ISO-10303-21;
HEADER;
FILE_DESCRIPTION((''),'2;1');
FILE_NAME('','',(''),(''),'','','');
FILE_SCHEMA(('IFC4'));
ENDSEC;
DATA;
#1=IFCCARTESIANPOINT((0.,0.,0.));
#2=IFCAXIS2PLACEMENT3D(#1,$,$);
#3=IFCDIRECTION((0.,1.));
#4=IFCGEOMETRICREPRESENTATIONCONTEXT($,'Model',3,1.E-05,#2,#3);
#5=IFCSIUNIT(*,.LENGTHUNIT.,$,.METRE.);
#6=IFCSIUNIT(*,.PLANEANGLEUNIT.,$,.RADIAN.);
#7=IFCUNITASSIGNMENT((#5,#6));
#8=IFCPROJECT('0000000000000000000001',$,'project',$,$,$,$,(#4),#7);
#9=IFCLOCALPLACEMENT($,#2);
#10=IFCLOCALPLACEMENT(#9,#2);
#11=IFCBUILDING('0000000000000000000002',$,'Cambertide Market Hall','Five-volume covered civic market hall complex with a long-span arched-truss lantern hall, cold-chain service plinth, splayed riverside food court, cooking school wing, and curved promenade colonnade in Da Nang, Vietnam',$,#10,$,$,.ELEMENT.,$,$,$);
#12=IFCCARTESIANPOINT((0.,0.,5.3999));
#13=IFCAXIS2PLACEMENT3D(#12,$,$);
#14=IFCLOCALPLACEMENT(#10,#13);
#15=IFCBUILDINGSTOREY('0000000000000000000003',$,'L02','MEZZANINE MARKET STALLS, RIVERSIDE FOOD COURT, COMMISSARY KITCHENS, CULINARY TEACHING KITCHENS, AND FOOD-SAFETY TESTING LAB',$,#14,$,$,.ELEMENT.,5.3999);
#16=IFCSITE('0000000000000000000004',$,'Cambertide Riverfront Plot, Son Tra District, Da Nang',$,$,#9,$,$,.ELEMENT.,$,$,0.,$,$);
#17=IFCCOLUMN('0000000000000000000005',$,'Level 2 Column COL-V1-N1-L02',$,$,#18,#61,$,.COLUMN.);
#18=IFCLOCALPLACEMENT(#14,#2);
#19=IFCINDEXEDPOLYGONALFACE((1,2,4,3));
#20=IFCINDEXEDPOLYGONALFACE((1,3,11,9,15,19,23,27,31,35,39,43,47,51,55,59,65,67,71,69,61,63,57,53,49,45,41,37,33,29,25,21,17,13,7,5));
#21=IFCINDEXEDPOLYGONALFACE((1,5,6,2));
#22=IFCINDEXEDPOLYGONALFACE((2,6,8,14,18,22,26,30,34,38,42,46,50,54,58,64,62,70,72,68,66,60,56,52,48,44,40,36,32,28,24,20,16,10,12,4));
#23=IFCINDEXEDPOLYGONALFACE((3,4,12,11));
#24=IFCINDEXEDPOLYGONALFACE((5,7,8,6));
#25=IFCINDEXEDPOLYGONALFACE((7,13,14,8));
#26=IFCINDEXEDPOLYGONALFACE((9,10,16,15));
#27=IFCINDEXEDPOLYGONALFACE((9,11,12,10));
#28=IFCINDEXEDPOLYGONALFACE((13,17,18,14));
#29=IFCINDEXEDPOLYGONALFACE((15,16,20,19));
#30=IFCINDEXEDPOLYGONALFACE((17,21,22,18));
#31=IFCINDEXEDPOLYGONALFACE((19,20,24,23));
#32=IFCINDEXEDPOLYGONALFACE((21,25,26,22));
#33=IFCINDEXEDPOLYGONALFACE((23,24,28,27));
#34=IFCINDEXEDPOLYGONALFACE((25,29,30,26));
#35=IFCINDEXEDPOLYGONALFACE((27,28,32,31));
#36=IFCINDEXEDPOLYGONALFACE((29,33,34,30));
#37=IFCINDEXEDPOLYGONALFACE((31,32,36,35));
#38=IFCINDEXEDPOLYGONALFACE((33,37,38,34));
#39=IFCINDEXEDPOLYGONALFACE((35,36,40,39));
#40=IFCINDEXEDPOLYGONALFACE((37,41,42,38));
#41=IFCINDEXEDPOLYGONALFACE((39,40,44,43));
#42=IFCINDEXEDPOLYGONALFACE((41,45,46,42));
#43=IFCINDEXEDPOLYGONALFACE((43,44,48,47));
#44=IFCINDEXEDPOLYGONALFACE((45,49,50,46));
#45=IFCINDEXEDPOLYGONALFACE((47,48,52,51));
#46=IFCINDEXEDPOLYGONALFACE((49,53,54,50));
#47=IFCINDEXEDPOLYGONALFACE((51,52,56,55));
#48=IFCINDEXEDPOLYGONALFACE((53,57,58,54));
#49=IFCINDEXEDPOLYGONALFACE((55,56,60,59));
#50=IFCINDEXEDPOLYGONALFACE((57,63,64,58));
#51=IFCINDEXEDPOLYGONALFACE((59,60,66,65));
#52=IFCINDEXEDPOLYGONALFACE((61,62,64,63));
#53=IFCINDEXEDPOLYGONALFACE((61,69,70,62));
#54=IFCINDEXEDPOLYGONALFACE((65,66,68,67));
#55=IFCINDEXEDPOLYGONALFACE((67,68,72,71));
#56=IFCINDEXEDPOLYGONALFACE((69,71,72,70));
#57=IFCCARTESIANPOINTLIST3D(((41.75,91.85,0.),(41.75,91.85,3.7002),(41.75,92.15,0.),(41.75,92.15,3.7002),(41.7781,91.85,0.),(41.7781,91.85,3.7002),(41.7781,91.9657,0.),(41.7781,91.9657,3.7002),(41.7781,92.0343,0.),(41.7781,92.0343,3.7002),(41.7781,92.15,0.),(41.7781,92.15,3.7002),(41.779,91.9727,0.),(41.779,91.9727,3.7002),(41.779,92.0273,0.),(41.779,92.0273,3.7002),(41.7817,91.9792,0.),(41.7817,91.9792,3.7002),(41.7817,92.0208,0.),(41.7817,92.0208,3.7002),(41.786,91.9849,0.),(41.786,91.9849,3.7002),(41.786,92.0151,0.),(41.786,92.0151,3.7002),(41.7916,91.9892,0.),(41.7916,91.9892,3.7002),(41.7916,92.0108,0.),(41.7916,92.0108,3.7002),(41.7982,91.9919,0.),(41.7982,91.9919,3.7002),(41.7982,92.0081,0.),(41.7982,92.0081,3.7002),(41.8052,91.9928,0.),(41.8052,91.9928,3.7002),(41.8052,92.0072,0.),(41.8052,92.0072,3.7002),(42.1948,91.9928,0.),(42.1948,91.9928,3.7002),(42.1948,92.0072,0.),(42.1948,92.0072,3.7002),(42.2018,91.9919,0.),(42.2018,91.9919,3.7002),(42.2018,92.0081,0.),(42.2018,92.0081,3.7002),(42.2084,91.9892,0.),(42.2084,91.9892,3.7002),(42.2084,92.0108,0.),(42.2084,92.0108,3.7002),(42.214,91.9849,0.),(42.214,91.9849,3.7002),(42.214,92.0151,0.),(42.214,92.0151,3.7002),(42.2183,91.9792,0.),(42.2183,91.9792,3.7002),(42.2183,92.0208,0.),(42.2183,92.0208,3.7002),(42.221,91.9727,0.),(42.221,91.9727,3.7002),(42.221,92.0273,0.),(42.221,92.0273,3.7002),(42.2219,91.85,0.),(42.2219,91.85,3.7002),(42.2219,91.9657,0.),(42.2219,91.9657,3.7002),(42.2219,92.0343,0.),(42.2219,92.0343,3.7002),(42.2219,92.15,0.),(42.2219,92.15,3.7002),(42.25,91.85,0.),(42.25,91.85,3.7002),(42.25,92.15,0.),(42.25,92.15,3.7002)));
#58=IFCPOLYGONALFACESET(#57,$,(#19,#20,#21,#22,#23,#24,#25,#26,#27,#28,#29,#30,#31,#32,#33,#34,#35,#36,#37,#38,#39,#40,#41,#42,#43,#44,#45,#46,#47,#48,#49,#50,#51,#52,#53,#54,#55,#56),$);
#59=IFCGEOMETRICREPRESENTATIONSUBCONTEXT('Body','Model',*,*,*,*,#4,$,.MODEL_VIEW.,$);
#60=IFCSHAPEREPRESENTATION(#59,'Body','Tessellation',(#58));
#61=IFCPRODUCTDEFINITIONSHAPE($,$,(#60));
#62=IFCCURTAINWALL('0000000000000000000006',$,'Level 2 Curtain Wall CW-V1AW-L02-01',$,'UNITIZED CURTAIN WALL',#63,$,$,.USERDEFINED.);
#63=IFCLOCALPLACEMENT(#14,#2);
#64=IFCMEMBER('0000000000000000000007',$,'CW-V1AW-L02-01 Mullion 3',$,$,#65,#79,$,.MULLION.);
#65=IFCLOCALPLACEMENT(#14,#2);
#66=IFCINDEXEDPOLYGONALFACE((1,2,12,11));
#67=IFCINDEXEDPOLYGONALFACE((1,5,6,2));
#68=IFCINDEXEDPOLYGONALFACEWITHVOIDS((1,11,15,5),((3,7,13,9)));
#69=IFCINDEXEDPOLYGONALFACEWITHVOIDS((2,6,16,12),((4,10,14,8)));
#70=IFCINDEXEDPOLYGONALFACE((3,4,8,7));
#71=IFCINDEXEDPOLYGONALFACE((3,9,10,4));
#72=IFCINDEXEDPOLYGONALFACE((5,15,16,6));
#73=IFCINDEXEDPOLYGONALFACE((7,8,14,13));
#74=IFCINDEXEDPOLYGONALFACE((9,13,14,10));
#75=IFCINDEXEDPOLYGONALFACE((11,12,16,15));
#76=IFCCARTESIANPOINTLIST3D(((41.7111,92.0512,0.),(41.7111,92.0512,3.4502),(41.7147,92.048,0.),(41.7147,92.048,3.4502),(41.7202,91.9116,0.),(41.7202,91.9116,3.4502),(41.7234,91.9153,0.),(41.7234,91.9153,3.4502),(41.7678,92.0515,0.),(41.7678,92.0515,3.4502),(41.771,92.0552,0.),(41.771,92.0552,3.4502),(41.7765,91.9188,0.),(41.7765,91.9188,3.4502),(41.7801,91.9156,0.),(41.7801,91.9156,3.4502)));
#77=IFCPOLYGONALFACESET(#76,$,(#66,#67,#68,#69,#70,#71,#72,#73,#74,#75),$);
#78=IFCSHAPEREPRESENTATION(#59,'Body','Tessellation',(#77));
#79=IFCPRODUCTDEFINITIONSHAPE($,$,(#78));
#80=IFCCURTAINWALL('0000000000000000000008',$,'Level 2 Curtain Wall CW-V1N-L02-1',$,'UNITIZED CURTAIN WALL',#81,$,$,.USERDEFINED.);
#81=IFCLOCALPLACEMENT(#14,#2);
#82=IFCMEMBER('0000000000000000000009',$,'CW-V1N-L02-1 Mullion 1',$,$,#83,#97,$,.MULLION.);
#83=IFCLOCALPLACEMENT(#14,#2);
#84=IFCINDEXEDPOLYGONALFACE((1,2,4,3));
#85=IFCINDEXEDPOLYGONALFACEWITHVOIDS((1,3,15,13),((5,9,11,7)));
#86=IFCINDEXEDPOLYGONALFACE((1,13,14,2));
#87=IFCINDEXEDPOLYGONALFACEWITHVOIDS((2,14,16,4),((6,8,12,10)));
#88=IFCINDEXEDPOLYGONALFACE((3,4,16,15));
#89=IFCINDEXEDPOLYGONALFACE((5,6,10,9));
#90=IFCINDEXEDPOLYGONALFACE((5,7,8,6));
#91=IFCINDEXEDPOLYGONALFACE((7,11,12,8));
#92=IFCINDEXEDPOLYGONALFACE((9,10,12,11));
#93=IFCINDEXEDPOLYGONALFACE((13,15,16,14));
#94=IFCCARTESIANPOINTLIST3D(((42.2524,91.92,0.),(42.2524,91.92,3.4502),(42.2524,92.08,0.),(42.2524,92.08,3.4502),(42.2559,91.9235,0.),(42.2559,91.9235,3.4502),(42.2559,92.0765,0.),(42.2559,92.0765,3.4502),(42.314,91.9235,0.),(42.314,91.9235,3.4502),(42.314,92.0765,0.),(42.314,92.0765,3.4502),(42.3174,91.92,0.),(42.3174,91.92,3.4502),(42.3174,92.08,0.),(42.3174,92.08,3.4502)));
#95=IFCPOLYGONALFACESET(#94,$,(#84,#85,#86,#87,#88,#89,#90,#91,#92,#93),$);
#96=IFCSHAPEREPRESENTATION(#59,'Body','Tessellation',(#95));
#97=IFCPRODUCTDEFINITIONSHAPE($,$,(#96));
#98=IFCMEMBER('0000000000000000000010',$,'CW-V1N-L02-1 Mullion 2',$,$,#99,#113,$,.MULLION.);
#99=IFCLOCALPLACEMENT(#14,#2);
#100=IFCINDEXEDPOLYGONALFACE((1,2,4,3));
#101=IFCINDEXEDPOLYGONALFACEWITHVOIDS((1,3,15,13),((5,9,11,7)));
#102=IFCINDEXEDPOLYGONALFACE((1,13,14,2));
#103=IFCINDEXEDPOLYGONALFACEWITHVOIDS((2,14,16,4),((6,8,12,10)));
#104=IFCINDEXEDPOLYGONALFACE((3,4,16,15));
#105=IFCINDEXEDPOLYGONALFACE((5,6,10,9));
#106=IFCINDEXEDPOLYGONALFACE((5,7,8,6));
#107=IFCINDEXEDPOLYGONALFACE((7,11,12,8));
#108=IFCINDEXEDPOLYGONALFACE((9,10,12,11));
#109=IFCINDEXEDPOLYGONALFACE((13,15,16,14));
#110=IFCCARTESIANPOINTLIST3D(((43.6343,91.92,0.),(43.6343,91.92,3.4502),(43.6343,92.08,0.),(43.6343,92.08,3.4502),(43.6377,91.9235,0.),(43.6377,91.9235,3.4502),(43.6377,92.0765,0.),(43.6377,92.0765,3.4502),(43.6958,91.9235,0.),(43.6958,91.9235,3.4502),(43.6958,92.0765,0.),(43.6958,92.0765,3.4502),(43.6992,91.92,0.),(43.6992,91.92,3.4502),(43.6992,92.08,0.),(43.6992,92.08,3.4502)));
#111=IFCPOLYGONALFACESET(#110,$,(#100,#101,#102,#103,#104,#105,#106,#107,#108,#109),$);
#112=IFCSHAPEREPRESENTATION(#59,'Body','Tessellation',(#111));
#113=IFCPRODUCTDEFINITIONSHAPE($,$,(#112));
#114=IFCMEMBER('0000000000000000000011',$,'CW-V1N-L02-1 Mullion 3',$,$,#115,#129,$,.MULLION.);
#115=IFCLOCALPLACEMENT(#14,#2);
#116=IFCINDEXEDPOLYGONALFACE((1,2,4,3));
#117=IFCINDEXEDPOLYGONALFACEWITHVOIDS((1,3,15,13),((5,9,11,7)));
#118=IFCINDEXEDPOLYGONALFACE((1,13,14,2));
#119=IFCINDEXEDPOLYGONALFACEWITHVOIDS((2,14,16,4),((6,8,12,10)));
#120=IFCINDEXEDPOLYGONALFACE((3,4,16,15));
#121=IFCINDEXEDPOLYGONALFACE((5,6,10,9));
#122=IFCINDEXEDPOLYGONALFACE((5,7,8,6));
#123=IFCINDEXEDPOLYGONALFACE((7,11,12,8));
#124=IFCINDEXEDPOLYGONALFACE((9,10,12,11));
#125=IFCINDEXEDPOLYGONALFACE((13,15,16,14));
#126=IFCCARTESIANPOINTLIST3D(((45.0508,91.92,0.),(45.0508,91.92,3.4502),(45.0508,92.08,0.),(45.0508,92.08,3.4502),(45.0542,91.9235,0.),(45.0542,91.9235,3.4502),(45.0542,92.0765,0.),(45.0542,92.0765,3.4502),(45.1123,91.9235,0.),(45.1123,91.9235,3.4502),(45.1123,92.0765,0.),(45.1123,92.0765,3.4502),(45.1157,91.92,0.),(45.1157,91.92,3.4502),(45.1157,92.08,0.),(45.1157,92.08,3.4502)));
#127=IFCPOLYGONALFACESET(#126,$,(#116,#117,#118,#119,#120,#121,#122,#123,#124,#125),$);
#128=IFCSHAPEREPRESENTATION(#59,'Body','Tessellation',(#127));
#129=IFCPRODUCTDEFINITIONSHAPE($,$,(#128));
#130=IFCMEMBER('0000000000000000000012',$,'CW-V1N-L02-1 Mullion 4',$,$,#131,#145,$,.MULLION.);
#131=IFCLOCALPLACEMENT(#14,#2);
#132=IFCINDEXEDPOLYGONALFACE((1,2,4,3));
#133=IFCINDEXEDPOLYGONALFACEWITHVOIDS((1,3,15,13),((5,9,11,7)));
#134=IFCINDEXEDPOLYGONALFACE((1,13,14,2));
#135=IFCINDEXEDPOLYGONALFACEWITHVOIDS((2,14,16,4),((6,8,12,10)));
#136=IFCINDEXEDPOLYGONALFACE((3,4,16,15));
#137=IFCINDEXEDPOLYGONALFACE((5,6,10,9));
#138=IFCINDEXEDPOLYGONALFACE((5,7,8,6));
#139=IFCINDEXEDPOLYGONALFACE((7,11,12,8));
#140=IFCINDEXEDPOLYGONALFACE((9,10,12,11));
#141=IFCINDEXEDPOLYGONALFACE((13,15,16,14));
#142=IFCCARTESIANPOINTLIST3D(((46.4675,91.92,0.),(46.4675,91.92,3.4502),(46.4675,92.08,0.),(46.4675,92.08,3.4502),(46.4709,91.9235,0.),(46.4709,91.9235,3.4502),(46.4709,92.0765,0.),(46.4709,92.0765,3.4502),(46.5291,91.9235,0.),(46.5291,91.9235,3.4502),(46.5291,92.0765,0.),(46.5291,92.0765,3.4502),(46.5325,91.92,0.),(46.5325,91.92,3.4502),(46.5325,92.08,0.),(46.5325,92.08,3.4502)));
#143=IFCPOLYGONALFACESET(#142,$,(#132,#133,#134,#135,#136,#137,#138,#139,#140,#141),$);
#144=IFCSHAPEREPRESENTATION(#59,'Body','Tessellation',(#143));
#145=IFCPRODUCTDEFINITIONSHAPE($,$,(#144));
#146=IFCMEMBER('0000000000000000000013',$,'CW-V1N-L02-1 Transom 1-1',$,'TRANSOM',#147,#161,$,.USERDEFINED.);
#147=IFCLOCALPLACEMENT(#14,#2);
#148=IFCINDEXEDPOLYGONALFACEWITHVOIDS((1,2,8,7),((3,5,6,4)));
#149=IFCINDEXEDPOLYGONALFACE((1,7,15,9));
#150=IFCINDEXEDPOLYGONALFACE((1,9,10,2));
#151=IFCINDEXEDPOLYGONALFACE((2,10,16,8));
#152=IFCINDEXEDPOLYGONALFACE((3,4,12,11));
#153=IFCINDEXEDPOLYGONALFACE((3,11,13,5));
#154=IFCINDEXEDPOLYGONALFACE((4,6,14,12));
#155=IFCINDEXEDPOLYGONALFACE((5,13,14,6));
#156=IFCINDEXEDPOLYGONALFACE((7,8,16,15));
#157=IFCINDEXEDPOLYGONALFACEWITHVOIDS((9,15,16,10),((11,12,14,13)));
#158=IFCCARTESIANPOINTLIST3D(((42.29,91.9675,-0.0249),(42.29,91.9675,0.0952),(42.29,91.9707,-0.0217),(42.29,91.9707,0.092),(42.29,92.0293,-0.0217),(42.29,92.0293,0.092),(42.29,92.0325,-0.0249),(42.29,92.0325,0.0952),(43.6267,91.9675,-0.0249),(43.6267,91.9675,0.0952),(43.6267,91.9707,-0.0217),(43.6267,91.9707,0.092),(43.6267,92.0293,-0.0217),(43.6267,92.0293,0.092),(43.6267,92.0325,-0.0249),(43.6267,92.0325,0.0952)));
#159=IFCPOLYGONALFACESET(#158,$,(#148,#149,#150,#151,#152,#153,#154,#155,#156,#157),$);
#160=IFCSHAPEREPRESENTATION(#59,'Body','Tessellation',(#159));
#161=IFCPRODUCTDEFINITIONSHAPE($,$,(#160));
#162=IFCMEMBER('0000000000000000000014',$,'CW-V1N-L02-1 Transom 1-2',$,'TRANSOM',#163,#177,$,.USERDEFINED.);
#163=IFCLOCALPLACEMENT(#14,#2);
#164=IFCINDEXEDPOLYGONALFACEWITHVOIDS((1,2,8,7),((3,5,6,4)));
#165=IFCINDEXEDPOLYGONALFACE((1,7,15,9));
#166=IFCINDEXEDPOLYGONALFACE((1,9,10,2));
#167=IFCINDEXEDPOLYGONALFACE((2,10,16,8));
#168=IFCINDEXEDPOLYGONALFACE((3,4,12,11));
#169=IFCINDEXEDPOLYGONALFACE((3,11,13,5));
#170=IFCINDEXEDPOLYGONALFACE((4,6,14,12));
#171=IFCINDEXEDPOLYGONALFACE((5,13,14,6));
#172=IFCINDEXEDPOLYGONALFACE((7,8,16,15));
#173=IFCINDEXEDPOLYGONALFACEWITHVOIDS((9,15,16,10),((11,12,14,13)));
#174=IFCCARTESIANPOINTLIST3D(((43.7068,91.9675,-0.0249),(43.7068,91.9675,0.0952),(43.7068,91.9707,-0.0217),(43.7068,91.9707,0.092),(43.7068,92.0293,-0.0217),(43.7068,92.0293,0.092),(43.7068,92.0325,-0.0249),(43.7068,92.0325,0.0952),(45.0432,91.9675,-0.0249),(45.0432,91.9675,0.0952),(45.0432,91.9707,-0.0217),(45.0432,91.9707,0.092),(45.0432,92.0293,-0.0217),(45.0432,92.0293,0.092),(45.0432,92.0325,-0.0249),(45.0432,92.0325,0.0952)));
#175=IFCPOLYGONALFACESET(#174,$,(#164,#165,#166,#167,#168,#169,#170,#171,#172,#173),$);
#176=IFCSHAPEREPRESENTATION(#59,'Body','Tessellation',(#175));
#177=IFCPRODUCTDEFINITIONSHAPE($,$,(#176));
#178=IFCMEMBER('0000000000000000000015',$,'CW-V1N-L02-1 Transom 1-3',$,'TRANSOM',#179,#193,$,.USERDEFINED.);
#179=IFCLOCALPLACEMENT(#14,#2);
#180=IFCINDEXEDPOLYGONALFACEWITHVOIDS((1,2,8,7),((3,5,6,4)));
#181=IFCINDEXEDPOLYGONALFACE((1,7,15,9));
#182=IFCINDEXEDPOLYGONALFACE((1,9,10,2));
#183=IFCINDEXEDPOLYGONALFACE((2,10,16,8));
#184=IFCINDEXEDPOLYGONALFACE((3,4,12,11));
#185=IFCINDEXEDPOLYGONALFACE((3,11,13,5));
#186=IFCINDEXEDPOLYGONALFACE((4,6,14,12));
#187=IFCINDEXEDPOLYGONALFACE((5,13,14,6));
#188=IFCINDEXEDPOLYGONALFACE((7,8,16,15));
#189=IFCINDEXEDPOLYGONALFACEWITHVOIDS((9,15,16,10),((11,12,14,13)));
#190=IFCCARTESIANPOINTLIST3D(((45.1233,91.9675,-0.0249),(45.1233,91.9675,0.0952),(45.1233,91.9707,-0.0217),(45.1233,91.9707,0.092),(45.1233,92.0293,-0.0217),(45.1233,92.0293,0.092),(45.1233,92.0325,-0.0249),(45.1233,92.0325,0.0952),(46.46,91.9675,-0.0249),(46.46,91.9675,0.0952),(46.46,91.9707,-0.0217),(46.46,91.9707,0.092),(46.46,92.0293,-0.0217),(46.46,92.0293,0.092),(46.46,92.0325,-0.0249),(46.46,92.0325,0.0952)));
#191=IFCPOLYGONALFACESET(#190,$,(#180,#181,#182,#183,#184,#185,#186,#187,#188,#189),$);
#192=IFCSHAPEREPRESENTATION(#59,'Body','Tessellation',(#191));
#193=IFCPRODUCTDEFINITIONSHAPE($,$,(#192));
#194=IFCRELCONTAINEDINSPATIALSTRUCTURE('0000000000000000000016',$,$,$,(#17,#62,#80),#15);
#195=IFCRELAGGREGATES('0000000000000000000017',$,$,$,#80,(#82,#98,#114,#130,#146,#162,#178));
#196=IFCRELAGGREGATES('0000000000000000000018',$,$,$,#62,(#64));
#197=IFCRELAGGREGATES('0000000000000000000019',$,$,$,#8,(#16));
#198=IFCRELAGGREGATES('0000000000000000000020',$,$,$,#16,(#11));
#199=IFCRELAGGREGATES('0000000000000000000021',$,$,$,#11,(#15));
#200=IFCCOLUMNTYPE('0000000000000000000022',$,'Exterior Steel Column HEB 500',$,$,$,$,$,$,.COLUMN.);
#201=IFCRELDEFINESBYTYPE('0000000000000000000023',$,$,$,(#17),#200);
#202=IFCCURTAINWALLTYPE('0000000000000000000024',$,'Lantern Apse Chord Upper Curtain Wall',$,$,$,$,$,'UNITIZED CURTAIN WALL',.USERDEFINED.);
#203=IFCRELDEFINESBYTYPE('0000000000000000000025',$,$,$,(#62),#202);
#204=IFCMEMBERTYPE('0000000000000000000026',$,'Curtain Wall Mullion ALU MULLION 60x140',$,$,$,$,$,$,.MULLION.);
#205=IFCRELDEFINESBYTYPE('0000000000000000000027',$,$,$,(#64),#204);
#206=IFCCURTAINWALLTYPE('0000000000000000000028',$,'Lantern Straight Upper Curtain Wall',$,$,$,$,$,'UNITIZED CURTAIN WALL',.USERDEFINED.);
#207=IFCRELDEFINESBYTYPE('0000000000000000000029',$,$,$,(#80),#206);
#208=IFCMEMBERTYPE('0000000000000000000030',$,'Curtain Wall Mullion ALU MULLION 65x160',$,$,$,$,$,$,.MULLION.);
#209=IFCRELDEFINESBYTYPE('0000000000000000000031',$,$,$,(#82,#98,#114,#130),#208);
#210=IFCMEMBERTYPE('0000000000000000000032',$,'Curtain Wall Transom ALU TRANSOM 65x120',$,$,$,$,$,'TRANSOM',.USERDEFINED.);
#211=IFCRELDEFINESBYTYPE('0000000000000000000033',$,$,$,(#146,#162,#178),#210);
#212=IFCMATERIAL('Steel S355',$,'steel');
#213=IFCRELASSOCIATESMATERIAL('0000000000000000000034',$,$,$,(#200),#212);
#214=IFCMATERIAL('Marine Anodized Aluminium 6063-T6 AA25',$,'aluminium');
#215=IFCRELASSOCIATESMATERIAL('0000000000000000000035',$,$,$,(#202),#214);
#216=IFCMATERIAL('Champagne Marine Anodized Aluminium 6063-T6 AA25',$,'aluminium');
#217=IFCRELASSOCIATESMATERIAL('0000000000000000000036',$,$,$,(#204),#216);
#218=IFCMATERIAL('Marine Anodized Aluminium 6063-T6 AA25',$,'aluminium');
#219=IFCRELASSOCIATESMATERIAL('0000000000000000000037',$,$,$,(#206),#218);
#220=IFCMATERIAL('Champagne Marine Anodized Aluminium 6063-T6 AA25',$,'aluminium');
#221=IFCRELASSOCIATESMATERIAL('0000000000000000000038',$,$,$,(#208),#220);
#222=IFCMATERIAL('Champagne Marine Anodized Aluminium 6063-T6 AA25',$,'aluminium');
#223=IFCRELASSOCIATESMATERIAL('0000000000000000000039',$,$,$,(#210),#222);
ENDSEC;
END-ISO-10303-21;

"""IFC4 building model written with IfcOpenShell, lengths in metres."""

from ifc_helpers import new_model, si_unit, direction, frame, origin, origin_2d, place, context, subcontext, project, spatial, hollow_rectangle, i_section, extrude, material, material_profile, profile_set, type_object, element, aggregate, save


model = new_model("IFC4")

# Units and contexts
model_context = context("Model", 3, precision=1e-05, world=origin(), true_north=direction((0.0, 1.0)))
body_context = subcontext(model_context, "Body", "Model", "MODEL_VIEW")
ifc_project = project(units=[si_unit("LENGTHUNIT", "METRE"), si_unit("PLANEANGLEUNIT", "RADIAN")], contexts=[model_context])

# Site, building, storey
site_placement = place(None, origin())
site = spatial("IfcSite", under=ifc_project, at=site_placement, Name="Cambertide Riverfront Plot, Son Tra District, Da Nang", CompositionType="ELEMENT", RefElevation=0.0)
building_placement = place(site_placement, origin())
building = spatial("IfcBuilding", under=site, at=building_placement, Name="Cambertide Market Hall", Description="Five-volume covered civic market hall complex with a long-span arched-truss lantern hall, cold-chain service plinth, splayed riverside food court, cooking school wing, and curved promenade colonnade in Da Nang, Vietnam", CompositionType="ELEMENT")
storey_placement = place(building_placement, frame((0.0, 0.0, 5.3999)))
storey = spatial("IfcBuildingStorey", under=building, at=storey_placement, Name="L02", Description="MEZZANINE MARKET STALLS, RIVERSIDE FOOD COURT, COMMISSARY KITCHENS, CULINARY TEACHING KITCHENS, AND FOOD-SAFETY TESTING LAB", CompositionType="ELEMENT", Elevation=5.3999)

# Column
ifc_material_1 = material(Name="Steel S355", Category="steel")
ifc_material_profile_1 = material_profile(ifc_material_1, i_section(OverallWidth=0.3, OverallDepth=0.5, WebThickness=0.0144, FlangeThickness=0.0281, FilletRadius=0.0271, at=origin_2d()), Name="HEB 500")
ifc_profile_set_1 = profile_set([ifc_material_profile_1], Name="Steel S355")
column_type = type_object("IfcColumnType", Name="Exterior Steel Column HEB 500", PredefinedType="COLUMN", material=ifc_profile_set_1)
column_placement = place(storey_placement, frame((42.0, 92.0, 0.0), z_axis=(0.0, 0.0, 1.0), x_axis=(0.0, 1.0, 0.0)))
element("IfcColumn", 1, at=column_placement, inside=storey, type_object=column_type, Name="Level 2 Column COL-V1-N1-L02", PredefinedType="COLUMN", context=body_context, shape_type="SweptSolid", body=[
    extrude(i_section(OverallWidth=0.3, OverallDepth=0.5, WebThickness=0.0144, FlangeThickness=0.0281, FilletRadius=0.0271, at=origin_2d()), origin(), (0.0, 0.0, 1.0), 3.7002),
])

# Curtain wall, member
ifc_material_2 = material(Name="Marine Anodized Aluminium 6063-T6 AA25", Category="aluminium")
curtain_wall_type_1 = type_object("IfcCurtainWallType", Name="Lantern Apse Chord Upper Curtain Wall", ElementType="UNITIZED CURTAIN WALL", PredefinedType="USERDEFINED", material=ifc_material_2)
curtain_wall_1_placement = place(storey_placement, origin())
curtain_wall_1 = element("IfcCurtainWall", 2, at=curtain_wall_1_placement, inside=storey, type_object=curtain_wall_type_1, Name="Level 2 Curtain Wall CW-V1AW-L02-01", ObjectType="UNITIZED CURTAIN WALL", PredefinedType="USERDEFINED")
ifc_material_3 = material(Name="Champagne Marine Anodized Aluminium 6063-T6 AA25", Category="aluminium")
ifc_material_profile_2 = material_profile(ifc_material_3, hollow_rectangle(XDim=0.0601, YDim=0.1399, WallThickness=0.0034, at=origin_2d()), Name="ALU MULLION 60x140")
ifc_profile_set_2 = profile_set([ifc_material_profile_2], Name="Champagne Marine Anodized Aluminium 6063-T6 AA25")
member_type_1 = type_object("IfcMemberType", Name="Curtain Wall Mullion ALU MULLION 60x140", PredefinedType="MULLION", material=ifc_profile_set_2)
member_1_placement = place(storey_placement, frame((41.7456, 91.9834, 0.0), z_axis=(0.0, 0.0, 1.0), x_axis=(0.997859, 0.065403, 0.0)))
member_1 = element("IfcMember", 3, at=member_1_placement, type_object=member_type_1, Name="CW-V1AW-L02-01 Mullion 3", PredefinedType="MULLION", context=body_context, shape_type="SweptSolid", body=[
    extrude(hollow_rectangle(XDim=0.0601, YDim=0.1399, WallThickness=0.0034, at=origin_2d()), origin(), (0.0, 0.0, 1.0), 3.4502),
])

# Curtain wall, members
ifc_material_4 = material(Name="Marine Anodized Aluminium 6063-T6 AA25", Category="aluminium")
curtain_wall_type_2 = type_object("IfcCurtainWallType", Name="Lantern Straight Upper Curtain Wall", ElementType="UNITIZED CURTAIN WALL", PredefinedType="USERDEFINED", material=ifc_material_4)
curtain_wall_2_placement = place(storey_placement, origin())
curtain_wall_2 = element("IfcCurtainWall", 4, at=curtain_wall_2_placement, inside=storey, type_object=curtain_wall_type_2, Name="Level 2 Curtain Wall CW-V1N-L02-1", ObjectType="UNITIZED CURTAIN WALL", PredefinedType="USERDEFINED")
ifc_material_5 = material(Name="Champagne Marine Anodized Aluminium 6063-T6 AA25", Category="aluminium")
ifc_material_profile_3 = material_profile(ifc_material_5, hollow_rectangle(XDim=0.0649, YDim=0.1599, WallThickness=0.0034, at=origin_2d()), Name="ALU MULLION 65x160")
ifc_profile_set_3 = profile_set([ifc_material_profile_3], Name="Champagne Marine Anodized Aluminium 6063-T6 AA25")
member_type_2 = type_object("IfcMemberType", Name="Curtain Wall Mullion ALU MULLION 65x160", PredefinedType="MULLION", material=ifc_profile_set_3)
member_2_placement = place(storey_placement, frame((42.2849, 92.0, 0.0), z_axis=(0.0, 0.0, 1.0), x_axis=(1.0, 0.0, 0.0)))
member_2 = element("IfcMember", 5, at=member_2_placement, type_object=member_type_2, Name="CW-V1N-L02-1 Mullion 1", PredefinedType="MULLION", context=body_context, shape_type="SweptSolid", body=[
    extrude(hollow_rectangle(XDim=0.0649, YDim=0.1599, WallThickness=0.0034, at=origin_2d()), origin(), (0.0, 0.0, 1.0), 3.4502),
])
member_3_placement = place(storey_placement, frame((43.6667, 92.0, 0.0), z_axis=(0.0, 0.0, 1.0), x_axis=(1.0, 0.0, 0.0)))
member_3 = element("IfcMember", 6, at=member_3_placement, type_object=member_type_2, Name="CW-V1N-L02-1 Mullion 2", PredefinedType="MULLION", context=body_context, shape_type="SweptSolid", body=[
    extrude(hollow_rectangle(XDim=0.0649, YDim=0.1599, WallThickness=0.0034, at=origin_2d()), origin(), (0.0, 0.0, 1.0), 3.4502),
])
member_4_placement = place(storey_placement, frame((45.0833, 92.0, 0.0), z_axis=(0.0, 0.0, 1.0), x_axis=(1.0, 0.0, 0.0)))
member_4 = element("IfcMember", 7, at=member_4_placement, type_object=member_type_2, Name="CW-V1N-L02-1 Mullion 3", PredefinedType="MULLION", context=body_context, shape_type="SweptSolid", body=[
    extrude(hollow_rectangle(XDim=0.0649, YDim=0.1599, WallThickness=0.0034, at=origin_2d()), origin(), (0.0, 0.0, 1.0), 3.4502),
])
member_5_placement = place(storey_placement, frame((46.5, 92.0, 0.0), z_axis=(0.0, 0.0, 1.0), x_axis=(1.0, 0.0, 0.0)))
member_5 = element("IfcMember", 8, at=member_5_placement, type_object=member_type_2, Name="CW-V1N-L02-1 Mullion 4", PredefinedType="MULLION", context=body_context, shape_type="SweptSolid", body=[
    extrude(hollow_rectangle(XDim=0.0649, YDim=0.1599, WallThickness=0.0034, at=origin_2d()), origin(), (0.0, 0.0, 1.0), 3.4502),
])
ifc_material_6 = material(Name="Champagne Marine Anodized Aluminium 6063-T6 AA25", Category="aluminium")
ifc_material_profile_4 = material_profile(ifc_material_6, hollow_rectangle(XDim=0.0649, YDim=0.1201, WallThickness=0.0032, at=origin_2d()), Name="ALU TRANSOM 65x120")
ifc_profile_set_4 = profile_set([ifc_material_profile_4], Name="Champagne Marine Anodized Aluminium 6063-T6 AA25")
member_type_3 = type_object("IfcMemberType", Name="Curtain Wall Transom ALU TRANSOM 65x120", ElementType="TRANSOM", PredefinedType="USERDEFINED", material=ifc_profile_set_4)
member_6_placement = place(storey_placement, frame((42.29, 92.0, 0.0352), z_axis=(1.0, 0.0, 0.0), x_axis=(0.0, 1.0, 0.0)))
member_6 = element("IfcMember", 9, at=member_6_placement, type_object=member_type_3, Name="CW-V1N-L02-1 Transom 1-1", ObjectType="TRANSOM", PredefinedType="USERDEFINED", context=body_context, shape_type="SweptSolid", body=[
    extrude(hollow_rectangle(XDim=0.0649, YDim=0.1201, WallThickness=0.0032, at=origin_2d()), origin(), (0.0, 0.0, 1.0), 1.3367),
])
member_7_placement = place(storey_placement, frame((43.7068, 92.0, 0.0352), z_axis=(1.0, 0.0, 0.0), x_axis=(0.0, 1.0, 0.0)))
member_7 = element("IfcMember", 10, at=member_7_placement, type_object=member_type_3, Name="CW-V1N-L02-1 Transom 1-2", ObjectType="TRANSOM", PredefinedType="USERDEFINED", context=body_context, shape_type="SweptSolid", body=[
    extrude(hollow_rectangle(XDim=0.0649, YDim=0.1201, WallThickness=0.0032, at=origin_2d()), origin(), (0.0, 0.0, 1.0), 1.3364),
])
member_8_placement = place(storey_placement, frame((45.1233, 92.0, 0.0352), z_axis=(1.0, 0.0, 0.0), x_axis=(0.0, 1.0, 0.0)))
member_8 = element("IfcMember", 11, at=member_8_placement, type_object=member_type_3, Name="CW-V1N-L02-1 Transom 1-3", ObjectType="TRANSOM", PredefinedType="USERDEFINED", context=body_context, shape_type="SweptSolid", body=[
    extrude(hollow_rectangle(XDim=0.0649, YDim=0.1201, WallThickness=0.0032, at=origin_2d()), origin(), (0.0, 0.0, 1.0), 1.3367),
])

aggregate(curtain_wall_2, [member_2, member_3, member_4, member_5, member_6, member_7, member_8])
aggregate(curtain_wall_1, [member_1])

save(model, "model.ifc")
